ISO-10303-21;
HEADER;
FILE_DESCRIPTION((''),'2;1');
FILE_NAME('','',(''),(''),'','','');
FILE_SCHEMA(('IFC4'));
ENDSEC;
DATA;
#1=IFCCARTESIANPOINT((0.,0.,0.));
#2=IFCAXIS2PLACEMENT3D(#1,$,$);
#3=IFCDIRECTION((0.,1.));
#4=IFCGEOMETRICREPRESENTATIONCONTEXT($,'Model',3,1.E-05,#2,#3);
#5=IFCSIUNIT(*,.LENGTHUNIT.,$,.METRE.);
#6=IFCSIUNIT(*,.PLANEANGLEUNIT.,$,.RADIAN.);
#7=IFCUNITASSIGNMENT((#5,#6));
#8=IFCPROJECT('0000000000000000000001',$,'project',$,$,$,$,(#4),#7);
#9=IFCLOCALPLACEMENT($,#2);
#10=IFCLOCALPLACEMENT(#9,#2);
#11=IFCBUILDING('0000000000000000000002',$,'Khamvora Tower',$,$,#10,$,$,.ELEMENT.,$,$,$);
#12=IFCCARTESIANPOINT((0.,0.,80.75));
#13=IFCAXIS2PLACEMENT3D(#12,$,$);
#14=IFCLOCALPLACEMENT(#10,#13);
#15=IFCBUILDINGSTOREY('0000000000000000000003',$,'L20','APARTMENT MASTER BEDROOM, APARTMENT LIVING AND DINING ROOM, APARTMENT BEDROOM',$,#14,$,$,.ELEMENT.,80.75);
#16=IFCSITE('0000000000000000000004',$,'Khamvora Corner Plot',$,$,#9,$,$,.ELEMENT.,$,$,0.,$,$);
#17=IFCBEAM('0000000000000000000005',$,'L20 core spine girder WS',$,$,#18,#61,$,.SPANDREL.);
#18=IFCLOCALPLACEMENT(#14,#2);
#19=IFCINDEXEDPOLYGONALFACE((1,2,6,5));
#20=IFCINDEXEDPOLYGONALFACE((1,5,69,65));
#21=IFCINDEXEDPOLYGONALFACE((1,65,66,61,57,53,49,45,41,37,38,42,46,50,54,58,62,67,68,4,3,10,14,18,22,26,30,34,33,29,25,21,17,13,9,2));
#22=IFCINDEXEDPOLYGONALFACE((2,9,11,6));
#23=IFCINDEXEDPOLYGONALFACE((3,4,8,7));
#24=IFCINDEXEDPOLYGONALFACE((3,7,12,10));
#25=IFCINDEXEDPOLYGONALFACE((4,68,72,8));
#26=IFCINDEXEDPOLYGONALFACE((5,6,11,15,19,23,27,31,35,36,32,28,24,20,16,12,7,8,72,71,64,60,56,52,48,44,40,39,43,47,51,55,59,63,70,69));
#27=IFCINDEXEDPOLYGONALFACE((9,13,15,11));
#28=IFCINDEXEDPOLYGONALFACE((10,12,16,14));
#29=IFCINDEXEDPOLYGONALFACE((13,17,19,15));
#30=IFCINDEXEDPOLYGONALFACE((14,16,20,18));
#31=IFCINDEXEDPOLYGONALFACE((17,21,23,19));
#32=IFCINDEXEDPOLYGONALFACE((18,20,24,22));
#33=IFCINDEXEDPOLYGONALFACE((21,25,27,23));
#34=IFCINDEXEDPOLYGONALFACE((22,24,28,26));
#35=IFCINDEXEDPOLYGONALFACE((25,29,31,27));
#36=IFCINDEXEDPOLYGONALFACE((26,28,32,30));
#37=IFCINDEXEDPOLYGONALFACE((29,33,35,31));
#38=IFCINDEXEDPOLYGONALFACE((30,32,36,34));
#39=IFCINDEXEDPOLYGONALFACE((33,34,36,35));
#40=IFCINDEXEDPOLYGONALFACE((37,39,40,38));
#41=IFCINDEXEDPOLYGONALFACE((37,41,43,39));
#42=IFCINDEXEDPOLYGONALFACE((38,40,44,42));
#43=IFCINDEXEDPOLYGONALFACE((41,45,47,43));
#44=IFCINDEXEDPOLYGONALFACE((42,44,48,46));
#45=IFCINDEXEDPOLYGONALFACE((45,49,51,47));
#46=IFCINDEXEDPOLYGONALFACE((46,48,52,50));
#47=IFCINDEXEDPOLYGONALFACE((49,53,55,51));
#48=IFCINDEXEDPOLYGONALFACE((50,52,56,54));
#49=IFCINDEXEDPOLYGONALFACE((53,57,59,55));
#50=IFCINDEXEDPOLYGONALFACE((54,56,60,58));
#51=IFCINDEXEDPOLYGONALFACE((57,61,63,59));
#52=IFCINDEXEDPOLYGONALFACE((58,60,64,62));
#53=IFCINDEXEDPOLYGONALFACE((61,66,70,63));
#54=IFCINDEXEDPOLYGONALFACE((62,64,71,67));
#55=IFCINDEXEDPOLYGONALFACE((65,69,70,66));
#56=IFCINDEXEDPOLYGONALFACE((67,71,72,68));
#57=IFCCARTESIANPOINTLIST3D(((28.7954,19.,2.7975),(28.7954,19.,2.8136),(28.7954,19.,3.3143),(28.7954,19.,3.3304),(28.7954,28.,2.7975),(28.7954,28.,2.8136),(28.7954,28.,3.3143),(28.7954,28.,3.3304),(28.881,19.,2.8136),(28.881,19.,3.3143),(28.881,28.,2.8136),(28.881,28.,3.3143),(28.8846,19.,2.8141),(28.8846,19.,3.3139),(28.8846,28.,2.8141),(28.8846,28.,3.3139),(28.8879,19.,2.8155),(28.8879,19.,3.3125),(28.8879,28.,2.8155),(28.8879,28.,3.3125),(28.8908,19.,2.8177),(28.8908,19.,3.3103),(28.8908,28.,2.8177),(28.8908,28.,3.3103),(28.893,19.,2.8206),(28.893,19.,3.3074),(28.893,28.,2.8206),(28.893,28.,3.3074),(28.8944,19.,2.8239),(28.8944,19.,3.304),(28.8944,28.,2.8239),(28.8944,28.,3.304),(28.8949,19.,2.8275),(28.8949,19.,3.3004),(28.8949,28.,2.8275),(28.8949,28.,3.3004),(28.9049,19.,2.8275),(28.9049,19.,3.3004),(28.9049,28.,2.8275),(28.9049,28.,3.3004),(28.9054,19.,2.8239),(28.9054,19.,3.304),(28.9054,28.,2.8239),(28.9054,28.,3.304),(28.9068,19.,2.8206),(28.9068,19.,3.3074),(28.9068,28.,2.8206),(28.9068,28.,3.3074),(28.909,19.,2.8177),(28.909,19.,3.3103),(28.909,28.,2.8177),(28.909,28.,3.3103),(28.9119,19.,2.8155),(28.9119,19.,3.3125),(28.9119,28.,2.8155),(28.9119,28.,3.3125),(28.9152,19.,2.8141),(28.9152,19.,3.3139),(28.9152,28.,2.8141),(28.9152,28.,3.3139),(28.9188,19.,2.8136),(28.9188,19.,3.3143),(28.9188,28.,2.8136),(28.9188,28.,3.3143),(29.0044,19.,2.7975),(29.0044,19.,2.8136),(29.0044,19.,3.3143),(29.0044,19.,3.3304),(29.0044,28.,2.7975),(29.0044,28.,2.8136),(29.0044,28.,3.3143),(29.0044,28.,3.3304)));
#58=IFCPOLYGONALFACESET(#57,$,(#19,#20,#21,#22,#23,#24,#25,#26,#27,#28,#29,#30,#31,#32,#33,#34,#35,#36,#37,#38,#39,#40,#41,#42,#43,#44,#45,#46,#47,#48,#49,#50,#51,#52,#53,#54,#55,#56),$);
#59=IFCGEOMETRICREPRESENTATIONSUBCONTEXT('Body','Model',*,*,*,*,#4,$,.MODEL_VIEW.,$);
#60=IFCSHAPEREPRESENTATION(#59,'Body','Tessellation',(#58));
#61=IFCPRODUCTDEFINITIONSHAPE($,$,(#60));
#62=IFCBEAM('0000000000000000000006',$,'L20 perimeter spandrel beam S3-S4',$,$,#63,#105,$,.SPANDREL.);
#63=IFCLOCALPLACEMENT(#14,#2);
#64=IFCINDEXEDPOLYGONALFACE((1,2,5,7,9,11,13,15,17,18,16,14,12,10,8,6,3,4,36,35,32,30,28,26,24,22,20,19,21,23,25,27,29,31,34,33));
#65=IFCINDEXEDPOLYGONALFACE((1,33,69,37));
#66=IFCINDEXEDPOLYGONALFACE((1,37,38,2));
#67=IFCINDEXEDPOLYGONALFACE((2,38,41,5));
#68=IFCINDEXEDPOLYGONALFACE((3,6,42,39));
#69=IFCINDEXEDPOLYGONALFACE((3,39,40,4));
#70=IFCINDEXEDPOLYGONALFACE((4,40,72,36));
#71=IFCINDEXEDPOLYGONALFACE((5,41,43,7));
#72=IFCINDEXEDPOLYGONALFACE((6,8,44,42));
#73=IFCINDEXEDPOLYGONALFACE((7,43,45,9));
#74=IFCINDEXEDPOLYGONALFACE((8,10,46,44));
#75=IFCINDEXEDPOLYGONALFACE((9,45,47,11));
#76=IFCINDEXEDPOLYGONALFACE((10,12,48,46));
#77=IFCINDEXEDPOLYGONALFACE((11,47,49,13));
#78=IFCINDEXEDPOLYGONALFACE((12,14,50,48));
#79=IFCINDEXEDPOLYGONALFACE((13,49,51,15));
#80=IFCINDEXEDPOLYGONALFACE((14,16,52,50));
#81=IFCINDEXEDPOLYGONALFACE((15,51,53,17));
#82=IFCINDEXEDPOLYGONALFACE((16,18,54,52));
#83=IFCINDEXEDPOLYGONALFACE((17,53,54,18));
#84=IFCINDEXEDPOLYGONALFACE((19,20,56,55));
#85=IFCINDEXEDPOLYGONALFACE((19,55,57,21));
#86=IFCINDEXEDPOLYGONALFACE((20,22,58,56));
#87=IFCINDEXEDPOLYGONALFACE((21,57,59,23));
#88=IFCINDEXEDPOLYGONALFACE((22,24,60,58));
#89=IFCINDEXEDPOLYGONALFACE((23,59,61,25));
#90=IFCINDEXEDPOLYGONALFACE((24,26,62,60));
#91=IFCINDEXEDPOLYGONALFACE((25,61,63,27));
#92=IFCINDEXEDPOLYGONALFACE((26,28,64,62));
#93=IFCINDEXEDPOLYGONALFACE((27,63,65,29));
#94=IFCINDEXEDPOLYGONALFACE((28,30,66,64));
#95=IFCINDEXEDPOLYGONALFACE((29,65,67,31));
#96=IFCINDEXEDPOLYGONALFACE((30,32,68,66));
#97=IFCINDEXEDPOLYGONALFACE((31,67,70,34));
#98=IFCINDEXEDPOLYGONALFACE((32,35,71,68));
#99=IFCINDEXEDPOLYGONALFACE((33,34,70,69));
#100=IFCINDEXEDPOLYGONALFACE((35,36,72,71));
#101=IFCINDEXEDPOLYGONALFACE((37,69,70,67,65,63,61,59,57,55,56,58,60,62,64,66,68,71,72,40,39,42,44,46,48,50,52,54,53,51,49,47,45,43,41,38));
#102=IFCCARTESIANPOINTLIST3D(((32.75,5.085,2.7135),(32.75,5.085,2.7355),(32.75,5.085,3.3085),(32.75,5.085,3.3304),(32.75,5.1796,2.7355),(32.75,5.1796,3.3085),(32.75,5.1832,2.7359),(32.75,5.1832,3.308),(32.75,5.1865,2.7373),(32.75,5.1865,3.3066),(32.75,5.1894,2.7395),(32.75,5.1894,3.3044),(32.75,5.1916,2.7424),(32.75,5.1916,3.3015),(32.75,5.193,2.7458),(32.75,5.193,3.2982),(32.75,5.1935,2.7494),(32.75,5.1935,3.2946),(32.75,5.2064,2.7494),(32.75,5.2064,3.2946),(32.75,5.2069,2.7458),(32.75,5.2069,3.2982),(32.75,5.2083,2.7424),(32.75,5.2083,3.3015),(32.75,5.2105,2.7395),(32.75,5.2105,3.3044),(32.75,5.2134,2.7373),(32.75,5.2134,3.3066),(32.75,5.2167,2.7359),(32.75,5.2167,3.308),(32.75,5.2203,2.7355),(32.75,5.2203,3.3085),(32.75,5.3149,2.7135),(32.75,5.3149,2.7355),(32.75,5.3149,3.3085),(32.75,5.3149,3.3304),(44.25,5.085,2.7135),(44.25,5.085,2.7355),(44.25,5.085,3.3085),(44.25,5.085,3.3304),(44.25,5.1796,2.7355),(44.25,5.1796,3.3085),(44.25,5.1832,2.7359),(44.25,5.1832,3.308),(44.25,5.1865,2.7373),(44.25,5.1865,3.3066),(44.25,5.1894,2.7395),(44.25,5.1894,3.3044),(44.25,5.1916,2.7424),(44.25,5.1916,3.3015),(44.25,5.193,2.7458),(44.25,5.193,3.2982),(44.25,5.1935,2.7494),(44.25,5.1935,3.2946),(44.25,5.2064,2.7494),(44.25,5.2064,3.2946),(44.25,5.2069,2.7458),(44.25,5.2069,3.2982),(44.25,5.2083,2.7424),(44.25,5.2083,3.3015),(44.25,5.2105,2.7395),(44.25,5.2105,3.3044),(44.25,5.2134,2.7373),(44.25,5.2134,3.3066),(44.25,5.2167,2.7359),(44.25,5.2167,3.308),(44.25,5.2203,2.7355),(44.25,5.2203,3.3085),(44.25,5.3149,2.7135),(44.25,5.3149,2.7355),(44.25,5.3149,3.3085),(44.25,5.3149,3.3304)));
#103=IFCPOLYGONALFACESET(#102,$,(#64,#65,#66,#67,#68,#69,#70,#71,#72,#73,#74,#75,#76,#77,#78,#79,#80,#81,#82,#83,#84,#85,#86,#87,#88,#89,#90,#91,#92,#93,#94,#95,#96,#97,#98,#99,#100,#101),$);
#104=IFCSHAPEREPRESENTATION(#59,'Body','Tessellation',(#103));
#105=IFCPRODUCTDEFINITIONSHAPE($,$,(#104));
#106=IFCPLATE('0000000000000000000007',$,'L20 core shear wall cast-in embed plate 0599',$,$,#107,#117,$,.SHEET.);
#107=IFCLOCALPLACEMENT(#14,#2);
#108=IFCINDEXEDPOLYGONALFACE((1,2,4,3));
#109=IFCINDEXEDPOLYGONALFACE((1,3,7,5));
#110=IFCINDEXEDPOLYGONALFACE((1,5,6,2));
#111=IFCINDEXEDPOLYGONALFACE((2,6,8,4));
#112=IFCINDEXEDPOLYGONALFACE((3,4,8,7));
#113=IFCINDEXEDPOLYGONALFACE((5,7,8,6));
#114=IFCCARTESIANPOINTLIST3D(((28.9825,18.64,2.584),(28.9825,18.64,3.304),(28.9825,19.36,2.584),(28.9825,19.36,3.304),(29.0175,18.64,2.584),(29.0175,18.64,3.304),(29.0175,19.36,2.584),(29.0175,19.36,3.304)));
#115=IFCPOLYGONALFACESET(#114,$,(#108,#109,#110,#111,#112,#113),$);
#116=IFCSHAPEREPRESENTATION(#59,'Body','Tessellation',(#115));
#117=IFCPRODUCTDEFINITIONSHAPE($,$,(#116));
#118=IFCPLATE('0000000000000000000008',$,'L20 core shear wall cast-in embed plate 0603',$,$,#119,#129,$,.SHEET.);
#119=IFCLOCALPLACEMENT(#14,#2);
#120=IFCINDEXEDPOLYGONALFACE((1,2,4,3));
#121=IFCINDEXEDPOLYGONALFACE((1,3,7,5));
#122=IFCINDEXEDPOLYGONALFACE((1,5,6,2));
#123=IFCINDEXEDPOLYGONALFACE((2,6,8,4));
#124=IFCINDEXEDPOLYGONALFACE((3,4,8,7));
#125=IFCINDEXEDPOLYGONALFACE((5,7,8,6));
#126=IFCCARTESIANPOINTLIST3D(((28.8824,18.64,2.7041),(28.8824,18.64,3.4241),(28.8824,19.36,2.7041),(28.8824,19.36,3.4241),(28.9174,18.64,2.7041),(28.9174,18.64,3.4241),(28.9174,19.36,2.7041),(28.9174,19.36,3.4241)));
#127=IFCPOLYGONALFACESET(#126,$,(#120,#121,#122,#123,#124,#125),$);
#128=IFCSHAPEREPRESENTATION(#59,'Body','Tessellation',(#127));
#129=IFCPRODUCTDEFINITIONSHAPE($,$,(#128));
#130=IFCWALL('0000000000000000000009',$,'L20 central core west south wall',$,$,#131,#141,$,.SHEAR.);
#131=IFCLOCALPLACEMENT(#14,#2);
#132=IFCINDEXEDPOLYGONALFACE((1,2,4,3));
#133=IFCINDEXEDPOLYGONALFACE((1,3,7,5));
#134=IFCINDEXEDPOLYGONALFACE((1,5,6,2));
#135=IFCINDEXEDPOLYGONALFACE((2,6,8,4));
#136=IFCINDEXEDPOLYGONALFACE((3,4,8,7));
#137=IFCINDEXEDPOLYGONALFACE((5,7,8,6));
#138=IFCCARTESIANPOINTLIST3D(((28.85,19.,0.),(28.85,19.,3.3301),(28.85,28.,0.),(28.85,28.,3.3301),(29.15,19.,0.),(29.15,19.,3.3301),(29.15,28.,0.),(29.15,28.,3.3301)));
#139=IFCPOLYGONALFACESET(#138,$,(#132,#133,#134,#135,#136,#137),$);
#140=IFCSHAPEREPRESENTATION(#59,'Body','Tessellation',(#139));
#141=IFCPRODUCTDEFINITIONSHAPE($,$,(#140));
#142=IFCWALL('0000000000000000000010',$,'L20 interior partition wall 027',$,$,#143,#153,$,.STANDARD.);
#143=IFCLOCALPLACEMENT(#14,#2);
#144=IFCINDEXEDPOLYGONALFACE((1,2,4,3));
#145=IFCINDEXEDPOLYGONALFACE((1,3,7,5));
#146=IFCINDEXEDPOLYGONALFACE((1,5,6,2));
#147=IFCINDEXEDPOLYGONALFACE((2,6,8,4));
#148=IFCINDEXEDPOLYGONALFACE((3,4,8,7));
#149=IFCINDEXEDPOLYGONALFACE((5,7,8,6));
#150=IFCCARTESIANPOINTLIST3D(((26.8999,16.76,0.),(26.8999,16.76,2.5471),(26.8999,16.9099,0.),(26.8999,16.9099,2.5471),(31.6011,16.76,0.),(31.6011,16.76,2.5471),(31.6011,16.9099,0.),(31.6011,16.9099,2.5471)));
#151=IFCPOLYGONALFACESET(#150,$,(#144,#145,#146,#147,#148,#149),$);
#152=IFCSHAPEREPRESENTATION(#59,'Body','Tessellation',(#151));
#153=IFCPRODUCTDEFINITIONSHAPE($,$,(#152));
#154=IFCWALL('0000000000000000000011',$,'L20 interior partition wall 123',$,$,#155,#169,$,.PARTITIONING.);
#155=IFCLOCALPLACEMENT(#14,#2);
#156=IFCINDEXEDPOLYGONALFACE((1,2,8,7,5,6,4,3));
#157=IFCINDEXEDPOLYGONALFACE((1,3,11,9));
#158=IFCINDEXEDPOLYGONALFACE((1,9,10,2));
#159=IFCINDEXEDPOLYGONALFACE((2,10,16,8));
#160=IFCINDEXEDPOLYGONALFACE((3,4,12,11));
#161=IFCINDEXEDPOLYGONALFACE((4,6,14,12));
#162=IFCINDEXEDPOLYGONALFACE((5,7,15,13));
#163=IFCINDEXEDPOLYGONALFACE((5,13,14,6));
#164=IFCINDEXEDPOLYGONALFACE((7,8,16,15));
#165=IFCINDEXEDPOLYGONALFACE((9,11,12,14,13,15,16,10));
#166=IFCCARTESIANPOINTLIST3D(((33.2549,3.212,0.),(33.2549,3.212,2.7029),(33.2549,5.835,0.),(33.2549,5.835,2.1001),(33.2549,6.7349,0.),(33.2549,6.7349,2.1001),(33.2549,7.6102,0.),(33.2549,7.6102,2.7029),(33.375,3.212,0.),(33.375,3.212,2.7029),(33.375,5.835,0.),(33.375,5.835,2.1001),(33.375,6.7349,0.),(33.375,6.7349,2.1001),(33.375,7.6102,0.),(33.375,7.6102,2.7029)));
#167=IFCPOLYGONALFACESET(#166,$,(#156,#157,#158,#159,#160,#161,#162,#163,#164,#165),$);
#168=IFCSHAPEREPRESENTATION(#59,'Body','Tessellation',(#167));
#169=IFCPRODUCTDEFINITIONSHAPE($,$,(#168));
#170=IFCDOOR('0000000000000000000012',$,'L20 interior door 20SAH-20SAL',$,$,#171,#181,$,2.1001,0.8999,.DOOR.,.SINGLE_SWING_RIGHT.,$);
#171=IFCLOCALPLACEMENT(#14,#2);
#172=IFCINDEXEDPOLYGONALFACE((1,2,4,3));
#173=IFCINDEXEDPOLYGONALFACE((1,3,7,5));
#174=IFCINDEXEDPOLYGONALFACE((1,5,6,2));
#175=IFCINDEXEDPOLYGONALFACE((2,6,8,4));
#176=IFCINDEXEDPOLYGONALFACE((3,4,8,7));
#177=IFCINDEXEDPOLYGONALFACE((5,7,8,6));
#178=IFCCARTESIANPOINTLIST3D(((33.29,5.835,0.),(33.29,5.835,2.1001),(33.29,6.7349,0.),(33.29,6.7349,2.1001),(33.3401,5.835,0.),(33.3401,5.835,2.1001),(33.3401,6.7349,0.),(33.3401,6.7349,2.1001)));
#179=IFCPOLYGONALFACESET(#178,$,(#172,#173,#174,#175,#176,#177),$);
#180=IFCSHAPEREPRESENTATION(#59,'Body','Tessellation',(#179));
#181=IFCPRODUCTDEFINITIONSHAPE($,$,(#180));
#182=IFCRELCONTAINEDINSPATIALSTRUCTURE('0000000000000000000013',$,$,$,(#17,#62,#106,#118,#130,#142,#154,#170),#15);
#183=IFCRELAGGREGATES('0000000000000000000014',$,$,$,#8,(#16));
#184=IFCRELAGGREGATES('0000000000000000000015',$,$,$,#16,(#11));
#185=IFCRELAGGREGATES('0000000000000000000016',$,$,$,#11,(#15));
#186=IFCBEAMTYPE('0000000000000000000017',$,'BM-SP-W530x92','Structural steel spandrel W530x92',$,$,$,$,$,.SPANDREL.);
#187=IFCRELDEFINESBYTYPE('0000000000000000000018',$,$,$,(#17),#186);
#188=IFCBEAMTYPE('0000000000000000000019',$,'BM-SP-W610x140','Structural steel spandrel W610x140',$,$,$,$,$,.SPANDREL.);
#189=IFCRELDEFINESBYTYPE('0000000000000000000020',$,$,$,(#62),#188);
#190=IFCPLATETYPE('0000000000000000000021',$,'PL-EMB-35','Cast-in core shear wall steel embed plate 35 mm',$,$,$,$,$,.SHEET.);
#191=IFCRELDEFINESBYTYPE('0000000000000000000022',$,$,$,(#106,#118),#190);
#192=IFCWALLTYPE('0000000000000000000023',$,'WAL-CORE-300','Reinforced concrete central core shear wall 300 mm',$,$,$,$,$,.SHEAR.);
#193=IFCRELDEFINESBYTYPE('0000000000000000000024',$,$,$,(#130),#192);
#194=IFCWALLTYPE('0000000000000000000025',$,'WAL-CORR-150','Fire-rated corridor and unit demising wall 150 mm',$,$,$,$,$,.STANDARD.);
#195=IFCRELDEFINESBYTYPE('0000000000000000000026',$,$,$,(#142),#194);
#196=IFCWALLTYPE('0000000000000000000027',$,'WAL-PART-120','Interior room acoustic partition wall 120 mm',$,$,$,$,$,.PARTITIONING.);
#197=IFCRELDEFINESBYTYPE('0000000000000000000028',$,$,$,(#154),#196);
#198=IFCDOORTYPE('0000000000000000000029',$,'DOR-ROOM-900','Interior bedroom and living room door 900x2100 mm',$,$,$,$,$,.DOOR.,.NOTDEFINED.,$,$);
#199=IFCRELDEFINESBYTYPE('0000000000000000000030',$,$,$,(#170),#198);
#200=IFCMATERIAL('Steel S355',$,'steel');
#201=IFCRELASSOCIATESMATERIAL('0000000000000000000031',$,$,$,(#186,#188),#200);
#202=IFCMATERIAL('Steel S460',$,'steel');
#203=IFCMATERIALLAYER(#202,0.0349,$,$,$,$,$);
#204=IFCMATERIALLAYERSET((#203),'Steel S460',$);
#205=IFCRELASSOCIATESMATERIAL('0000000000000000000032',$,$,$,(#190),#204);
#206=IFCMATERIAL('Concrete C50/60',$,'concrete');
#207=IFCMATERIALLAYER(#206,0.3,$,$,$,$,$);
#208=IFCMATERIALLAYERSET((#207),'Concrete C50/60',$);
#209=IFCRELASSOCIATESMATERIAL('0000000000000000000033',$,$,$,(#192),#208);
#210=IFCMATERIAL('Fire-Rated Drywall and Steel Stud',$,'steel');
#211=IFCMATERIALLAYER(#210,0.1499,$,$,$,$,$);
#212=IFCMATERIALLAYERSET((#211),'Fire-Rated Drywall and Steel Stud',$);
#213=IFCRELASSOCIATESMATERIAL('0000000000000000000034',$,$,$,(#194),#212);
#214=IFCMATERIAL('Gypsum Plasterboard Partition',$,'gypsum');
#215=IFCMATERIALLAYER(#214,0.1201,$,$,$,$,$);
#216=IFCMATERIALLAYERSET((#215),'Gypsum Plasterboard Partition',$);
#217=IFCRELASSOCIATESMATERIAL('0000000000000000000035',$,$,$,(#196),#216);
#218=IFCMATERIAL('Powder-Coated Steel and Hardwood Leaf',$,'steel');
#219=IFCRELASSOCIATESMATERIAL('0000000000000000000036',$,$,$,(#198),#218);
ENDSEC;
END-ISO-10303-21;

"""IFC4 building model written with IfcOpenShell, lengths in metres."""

from ifc_helpers import new_model, si_unit, direction, frame, frame_2d, origin, origin_2d, place, context, subcontext, project, spatial, rectangle, i_section, extrude, material, layer, layer_set, material_profile, profile_set, type_object, element, fill, save


model = new_model("IFC4")

# Units and contexts
model_context = context("Model", 3, precision=1e-05, world=origin(), true_north=direction((0.0, 1.0)))
body_context = subcontext(model_context, "Body", "Model", "MODEL_VIEW")
ifc_project = project(units=[si_unit("LENGTHUNIT", "METRE"), si_unit("PLANEANGLEUNIT", "RADIAN")], contexts=[model_context])

# Site, building, storey
site_placement = place(None, origin())
site = spatial("IfcSite", under=ifc_project, at=site_placement, Name="Khamvora Corner Plot", CompositionType="ELEMENT", RefElevation=0.0)
building_placement = place(site_placement, origin())
building = spatial("IfcBuilding", under=site, at=building_placement, Name="Khamvora Tower", CompositionType="ELEMENT")
storey_placement = place(building_placement, frame((0.0, 0.0, 80.75)))
storey = spatial("IfcBuildingStorey", under=building, at=storey_placement, Name="L20", Description="APARTMENT MASTER BEDROOM, APARTMENT LIVING AND DINING ROOM, APARTMENT BEDROOM", CompositionType="ELEMENT", Elevation=80.75)

# Shared definitions
ifc_material_1 = material(Name="Steel S355", Category="steel")
ifc_material_2 = material(Name="Steel S460", Category="steel")

# Beams
ifc_material_profile_1 = material_profile(ifc_material_1, i_section(OverallWidth=0.209, OverallDepth=0.533, WebThickness=0.01, FlangeThickness=0.0161, FilletRadius=0.0139, at=origin_2d()), Name="W530x92")
ifc_profile_set_1 = profile_set([ifc_material_profile_1], Name="Steel S355")
beam_type_1 = type_object("IfcBeamType", Name="BM-SP-W530x92", Description="Structural steel spandrel W530x92", PredefinedType="SPANDREL", material=ifc_profile_set_1)
beam_1_placement = place(storey_placement, frame((28.8999, 19.0, 3.064), z_axis=(0.0, 1.0, 0.0), x_axis=(-1.0, 0.0, 0.0)))
element("IfcBeam", 1, at=beam_1_placement, inside=storey, type_object=beam_type_1, Name="L20 core spine girder WS", PredefinedType="SPANDREL", context=body_context, shape_type="SweptSolid", body=[
    extrude(i_section(OverallWidth=0.209, OverallDepth=0.533, WebThickness=0.01, FlangeThickness=0.0161, FilletRadius=0.0139, at=origin_2d()), origin(), (0.0, 0.0, 1.0), 9.0),
])
ifc_material_profile_2 = material_profile(ifc_material_1, i_section(OverallWidth=0.23, OverallDepth=0.6169, WebThickness=0.0129, FlangeThickness=0.022, FilletRadius=0.0139, at=origin_2d()), Name="W610x140")
ifc_profile_set_2 = profile_set([ifc_material_profile_2], Name="Steel S355")
beam_type_2 = type_object("IfcBeamType", Name="BM-SP-W610x140", Description="Structural steel spandrel W610x140", PredefinedType="SPANDREL", material=ifc_profile_set_2)
beam_2_placement = place(storey_placement, frame((32.75, 5.2, 3.022), z_axis=(1.0, 0.0, 0.0), x_axis=(0.0, 1.0, 0.0)))
element("IfcBeam", 2, at=beam_2_placement, inside=storey, type_object=beam_type_2, Name="L20 perimeter spandrel beam S3-S4", PredefinedType="SPANDREL", context=body_context, shape_type="SweptSolid", body=[
    extrude(i_section(OverallWidth=0.23, OverallDepth=0.6169, WebThickness=0.0129, FlangeThickness=0.022, FilletRadius=0.0139, at=origin_2d()), origin(), (0.0, 0.0, 1.0), 11.5),
])

# Plates
ifc_layer_1 = layer(ifc_material_2, 0.0349)
ifc_layer_set_1 = layer_set([ifc_layer_1], Name="Steel S460")
plate_type = type_object("IfcPlateType", Name="PL-EMB-35", Description="Cast-in core shear wall steel embed plate 35 mm", PredefinedType="SHEET", material=ifc_layer_set_1)
for number, where, z_axis, x_axis, name in (
    (3, (29.0, 19.0, 2.584), (0.0, 0.0, 1.0), (1.0, 0.0, 0.0), "L20 core shear wall cast-in embed plate 0599"),
    (4, (28.8999, 19.0, 2.7041), (0.0, 0.0, 1.0), (1.0, 0.0, 0.0), "L20 core shear wall cast-in embed plate 0603"),
):
    element("IfcPlate", number, at=place(storey_placement, frame(where, z_axis=z_axis, x_axis=x_axis)), inside=storey, type_object=plate_type, Name=name, PredefinedType="SHEET", context=body_context, shape_type="SweptSolid", body=[
        extrude(rectangle(XDim=0.0349, YDim=0.72, at=origin_2d()), origin(), (0.0, 0.0, 1.0), 0.72),
    ])

# Wall
ifc_material_3 = material(Name="Concrete C50/60", Category="concrete")
ifc_layer_2 = layer(ifc_material_3, 0.3)
ifc_layer_set_2 = layer_set([ifc_layer_2], Name="Concrete C50/60")
wall_type_1 = type_object("IfcWallType", Name="WAL-CORE-300", Description="Reinforced concrete central core shear wall 300 mm", PredefinedType="SHEAR", material=ifc_layer_set_2)
wall_1_placement = place(storey_placement, frame((29.0, 19.0, 0.0), z_axis=(0.0, 0.0, 1.0), x_axis=(0.0, 1.0, 0.0)))
element("IfcWall", 5, at=wall_1_placement, inside=storey, type_object=wall_type_1, Name="L20 central core west south wall", PredefinedType="SHEAR", context=body_context, shape_type="SweptSolid", body=[
    extrude(rectangle(XDim=9.0, YDim=0.3, at=frame_2d((4.5, 0.0))), origin(), (0.0, 0.0, 1.0), 3.3301),
])

# Shared definitions
ifc_material_4 = material(Name="Fire-Rated Drywall and Steel Stud", Category="steel")
ifc_layer_3 = layer(ifc_material_4, 0.1499)
ifc_layer_set_3 = layer_set([ifc_layer_3], Name="Fire-Rated Drywall and Steel Stud")
wall_type_2 = type_object("IfcWallType", Name="WAL-CORR-150", Description="Fire-rated corridor and unit demising wall 150 mm", PredefinedType="STANDARD", material=ifc_layer_set_3)
ifc_material_5 = material(Name="Powder-Coated Steel and Hardwood Leaf", Category="steel")

# Wall
wall_2_placement = place(storey_placement, frame((31.6011, 16.835, 0.0), z_axis=(0.0, 0.0, 1.0), x_axis=(-1.0, 0.0, 0.0)))
element("IfcWall", 6, at=wall_2_placement, inside=storey, type_object=wall_type_2, Name="L20 interior partition wall 027", PredefinedType="STANDARD", context=body_context, shape_type="SweptSolid", body=[
    extrude(rectangle(XDim=4.7012, YDim=0.1499, at=frame_2d((2.3506, 0.0))), origin(), (0.0, 0.0, 1.0), 2.5471),
])

# Wall, opening, door
ifc_material_6 = material(Name="Gypsum Plasterboard Partition", Category="gypsum")
ifc_layer_4 = layer(ifc_material_6, 0.1201)
ifc_layer_set_4 = layer_set([ifc_layer_4], Name="Gypsum Plasterboard Partition")
wall_type_3 = type_object("IfcWallType", Name="WAL-PART-120", Description="Interior room acoustic partition wall 120 mm", PredefinedType="PARTITIONING", material=ifc_layer_set_4)
wall_3_placement = place(storey_placement, frame((33.3149, 3.2119, 0.0), z_axis=(0.0, 0.0, 1.0), x_axis=(0.0, 1.0, 0.0)))
wall_3 = element("IfcWall", 7, at=wall_3_placement, inside=storey, type_object=wall_type_3, Name="L20 interior partition wall 123", PredefinedType="PARTITIONING", context=body_context, shape_type="SweptSolid", body=[
    extrude(rectangle(XDim=4.3982, YDim=0.1201, at=frame_2d((2.1992, 0.0))), origin(), (0.0, 0.0, 1.0), 2.7029),
])
opening_1_placement = place(wall_3_placement, frame((2.623, 0.0, 0.0)))
opening_1 = element("IfcOpeningElement", 8, at=opening_1_placement, cuts=wall_3, PredefinedType="OPENING", context=body_context, shape_type="SweptSolid", body=[
    extrude(rectangle(XDim=0.8999, YDim=2.1001, at=frame_2d((0.45, 1.05))), frame((0.0, 0.0701, 0.0), z_axis=(0.0, -1.0, 0.0), x_axis=(1.0, 0.0, 0.0)), (0.0, 0.0, 1.0), 0.1401),
])
door_type_1 = type_object("IfcDoorType", Name="DOR-ROOM-900", Description="Interior bedroom and living room door 900x2100 mm", OperationType="NOTDEFINED", PredefinedType="DOOR", material=ifc_material_5)
door_1_placement = place(opening_1_placement, origin())
door_1 = element("IfcDoor", 9, at=door_1_placement, inside=storey, type_object=door_type_1, Name="L20 interior door 20SAH-20SAL", OperationType="SINGLE_SWING_RIGHT", OverallHeight=2.1001, OverallWidth=0.8999, PredefinedType="DOOR", context=body_context, shape_type="SweptSolid", body=[
    extrude(rectangle(XDim=0.8999, YDim=2.1001, at=frame_2d((0.45, 1.05))), frame((0.0, 0.0249, 0.0), z_axis=(0.0, -1.0, 0.0), x_axis=(1.0, 0.0, 0.0)), (0.0, 0.0, 1.0), 0.05),
])
fill(opening_1, door_1)

save(model, "model.ifc")
